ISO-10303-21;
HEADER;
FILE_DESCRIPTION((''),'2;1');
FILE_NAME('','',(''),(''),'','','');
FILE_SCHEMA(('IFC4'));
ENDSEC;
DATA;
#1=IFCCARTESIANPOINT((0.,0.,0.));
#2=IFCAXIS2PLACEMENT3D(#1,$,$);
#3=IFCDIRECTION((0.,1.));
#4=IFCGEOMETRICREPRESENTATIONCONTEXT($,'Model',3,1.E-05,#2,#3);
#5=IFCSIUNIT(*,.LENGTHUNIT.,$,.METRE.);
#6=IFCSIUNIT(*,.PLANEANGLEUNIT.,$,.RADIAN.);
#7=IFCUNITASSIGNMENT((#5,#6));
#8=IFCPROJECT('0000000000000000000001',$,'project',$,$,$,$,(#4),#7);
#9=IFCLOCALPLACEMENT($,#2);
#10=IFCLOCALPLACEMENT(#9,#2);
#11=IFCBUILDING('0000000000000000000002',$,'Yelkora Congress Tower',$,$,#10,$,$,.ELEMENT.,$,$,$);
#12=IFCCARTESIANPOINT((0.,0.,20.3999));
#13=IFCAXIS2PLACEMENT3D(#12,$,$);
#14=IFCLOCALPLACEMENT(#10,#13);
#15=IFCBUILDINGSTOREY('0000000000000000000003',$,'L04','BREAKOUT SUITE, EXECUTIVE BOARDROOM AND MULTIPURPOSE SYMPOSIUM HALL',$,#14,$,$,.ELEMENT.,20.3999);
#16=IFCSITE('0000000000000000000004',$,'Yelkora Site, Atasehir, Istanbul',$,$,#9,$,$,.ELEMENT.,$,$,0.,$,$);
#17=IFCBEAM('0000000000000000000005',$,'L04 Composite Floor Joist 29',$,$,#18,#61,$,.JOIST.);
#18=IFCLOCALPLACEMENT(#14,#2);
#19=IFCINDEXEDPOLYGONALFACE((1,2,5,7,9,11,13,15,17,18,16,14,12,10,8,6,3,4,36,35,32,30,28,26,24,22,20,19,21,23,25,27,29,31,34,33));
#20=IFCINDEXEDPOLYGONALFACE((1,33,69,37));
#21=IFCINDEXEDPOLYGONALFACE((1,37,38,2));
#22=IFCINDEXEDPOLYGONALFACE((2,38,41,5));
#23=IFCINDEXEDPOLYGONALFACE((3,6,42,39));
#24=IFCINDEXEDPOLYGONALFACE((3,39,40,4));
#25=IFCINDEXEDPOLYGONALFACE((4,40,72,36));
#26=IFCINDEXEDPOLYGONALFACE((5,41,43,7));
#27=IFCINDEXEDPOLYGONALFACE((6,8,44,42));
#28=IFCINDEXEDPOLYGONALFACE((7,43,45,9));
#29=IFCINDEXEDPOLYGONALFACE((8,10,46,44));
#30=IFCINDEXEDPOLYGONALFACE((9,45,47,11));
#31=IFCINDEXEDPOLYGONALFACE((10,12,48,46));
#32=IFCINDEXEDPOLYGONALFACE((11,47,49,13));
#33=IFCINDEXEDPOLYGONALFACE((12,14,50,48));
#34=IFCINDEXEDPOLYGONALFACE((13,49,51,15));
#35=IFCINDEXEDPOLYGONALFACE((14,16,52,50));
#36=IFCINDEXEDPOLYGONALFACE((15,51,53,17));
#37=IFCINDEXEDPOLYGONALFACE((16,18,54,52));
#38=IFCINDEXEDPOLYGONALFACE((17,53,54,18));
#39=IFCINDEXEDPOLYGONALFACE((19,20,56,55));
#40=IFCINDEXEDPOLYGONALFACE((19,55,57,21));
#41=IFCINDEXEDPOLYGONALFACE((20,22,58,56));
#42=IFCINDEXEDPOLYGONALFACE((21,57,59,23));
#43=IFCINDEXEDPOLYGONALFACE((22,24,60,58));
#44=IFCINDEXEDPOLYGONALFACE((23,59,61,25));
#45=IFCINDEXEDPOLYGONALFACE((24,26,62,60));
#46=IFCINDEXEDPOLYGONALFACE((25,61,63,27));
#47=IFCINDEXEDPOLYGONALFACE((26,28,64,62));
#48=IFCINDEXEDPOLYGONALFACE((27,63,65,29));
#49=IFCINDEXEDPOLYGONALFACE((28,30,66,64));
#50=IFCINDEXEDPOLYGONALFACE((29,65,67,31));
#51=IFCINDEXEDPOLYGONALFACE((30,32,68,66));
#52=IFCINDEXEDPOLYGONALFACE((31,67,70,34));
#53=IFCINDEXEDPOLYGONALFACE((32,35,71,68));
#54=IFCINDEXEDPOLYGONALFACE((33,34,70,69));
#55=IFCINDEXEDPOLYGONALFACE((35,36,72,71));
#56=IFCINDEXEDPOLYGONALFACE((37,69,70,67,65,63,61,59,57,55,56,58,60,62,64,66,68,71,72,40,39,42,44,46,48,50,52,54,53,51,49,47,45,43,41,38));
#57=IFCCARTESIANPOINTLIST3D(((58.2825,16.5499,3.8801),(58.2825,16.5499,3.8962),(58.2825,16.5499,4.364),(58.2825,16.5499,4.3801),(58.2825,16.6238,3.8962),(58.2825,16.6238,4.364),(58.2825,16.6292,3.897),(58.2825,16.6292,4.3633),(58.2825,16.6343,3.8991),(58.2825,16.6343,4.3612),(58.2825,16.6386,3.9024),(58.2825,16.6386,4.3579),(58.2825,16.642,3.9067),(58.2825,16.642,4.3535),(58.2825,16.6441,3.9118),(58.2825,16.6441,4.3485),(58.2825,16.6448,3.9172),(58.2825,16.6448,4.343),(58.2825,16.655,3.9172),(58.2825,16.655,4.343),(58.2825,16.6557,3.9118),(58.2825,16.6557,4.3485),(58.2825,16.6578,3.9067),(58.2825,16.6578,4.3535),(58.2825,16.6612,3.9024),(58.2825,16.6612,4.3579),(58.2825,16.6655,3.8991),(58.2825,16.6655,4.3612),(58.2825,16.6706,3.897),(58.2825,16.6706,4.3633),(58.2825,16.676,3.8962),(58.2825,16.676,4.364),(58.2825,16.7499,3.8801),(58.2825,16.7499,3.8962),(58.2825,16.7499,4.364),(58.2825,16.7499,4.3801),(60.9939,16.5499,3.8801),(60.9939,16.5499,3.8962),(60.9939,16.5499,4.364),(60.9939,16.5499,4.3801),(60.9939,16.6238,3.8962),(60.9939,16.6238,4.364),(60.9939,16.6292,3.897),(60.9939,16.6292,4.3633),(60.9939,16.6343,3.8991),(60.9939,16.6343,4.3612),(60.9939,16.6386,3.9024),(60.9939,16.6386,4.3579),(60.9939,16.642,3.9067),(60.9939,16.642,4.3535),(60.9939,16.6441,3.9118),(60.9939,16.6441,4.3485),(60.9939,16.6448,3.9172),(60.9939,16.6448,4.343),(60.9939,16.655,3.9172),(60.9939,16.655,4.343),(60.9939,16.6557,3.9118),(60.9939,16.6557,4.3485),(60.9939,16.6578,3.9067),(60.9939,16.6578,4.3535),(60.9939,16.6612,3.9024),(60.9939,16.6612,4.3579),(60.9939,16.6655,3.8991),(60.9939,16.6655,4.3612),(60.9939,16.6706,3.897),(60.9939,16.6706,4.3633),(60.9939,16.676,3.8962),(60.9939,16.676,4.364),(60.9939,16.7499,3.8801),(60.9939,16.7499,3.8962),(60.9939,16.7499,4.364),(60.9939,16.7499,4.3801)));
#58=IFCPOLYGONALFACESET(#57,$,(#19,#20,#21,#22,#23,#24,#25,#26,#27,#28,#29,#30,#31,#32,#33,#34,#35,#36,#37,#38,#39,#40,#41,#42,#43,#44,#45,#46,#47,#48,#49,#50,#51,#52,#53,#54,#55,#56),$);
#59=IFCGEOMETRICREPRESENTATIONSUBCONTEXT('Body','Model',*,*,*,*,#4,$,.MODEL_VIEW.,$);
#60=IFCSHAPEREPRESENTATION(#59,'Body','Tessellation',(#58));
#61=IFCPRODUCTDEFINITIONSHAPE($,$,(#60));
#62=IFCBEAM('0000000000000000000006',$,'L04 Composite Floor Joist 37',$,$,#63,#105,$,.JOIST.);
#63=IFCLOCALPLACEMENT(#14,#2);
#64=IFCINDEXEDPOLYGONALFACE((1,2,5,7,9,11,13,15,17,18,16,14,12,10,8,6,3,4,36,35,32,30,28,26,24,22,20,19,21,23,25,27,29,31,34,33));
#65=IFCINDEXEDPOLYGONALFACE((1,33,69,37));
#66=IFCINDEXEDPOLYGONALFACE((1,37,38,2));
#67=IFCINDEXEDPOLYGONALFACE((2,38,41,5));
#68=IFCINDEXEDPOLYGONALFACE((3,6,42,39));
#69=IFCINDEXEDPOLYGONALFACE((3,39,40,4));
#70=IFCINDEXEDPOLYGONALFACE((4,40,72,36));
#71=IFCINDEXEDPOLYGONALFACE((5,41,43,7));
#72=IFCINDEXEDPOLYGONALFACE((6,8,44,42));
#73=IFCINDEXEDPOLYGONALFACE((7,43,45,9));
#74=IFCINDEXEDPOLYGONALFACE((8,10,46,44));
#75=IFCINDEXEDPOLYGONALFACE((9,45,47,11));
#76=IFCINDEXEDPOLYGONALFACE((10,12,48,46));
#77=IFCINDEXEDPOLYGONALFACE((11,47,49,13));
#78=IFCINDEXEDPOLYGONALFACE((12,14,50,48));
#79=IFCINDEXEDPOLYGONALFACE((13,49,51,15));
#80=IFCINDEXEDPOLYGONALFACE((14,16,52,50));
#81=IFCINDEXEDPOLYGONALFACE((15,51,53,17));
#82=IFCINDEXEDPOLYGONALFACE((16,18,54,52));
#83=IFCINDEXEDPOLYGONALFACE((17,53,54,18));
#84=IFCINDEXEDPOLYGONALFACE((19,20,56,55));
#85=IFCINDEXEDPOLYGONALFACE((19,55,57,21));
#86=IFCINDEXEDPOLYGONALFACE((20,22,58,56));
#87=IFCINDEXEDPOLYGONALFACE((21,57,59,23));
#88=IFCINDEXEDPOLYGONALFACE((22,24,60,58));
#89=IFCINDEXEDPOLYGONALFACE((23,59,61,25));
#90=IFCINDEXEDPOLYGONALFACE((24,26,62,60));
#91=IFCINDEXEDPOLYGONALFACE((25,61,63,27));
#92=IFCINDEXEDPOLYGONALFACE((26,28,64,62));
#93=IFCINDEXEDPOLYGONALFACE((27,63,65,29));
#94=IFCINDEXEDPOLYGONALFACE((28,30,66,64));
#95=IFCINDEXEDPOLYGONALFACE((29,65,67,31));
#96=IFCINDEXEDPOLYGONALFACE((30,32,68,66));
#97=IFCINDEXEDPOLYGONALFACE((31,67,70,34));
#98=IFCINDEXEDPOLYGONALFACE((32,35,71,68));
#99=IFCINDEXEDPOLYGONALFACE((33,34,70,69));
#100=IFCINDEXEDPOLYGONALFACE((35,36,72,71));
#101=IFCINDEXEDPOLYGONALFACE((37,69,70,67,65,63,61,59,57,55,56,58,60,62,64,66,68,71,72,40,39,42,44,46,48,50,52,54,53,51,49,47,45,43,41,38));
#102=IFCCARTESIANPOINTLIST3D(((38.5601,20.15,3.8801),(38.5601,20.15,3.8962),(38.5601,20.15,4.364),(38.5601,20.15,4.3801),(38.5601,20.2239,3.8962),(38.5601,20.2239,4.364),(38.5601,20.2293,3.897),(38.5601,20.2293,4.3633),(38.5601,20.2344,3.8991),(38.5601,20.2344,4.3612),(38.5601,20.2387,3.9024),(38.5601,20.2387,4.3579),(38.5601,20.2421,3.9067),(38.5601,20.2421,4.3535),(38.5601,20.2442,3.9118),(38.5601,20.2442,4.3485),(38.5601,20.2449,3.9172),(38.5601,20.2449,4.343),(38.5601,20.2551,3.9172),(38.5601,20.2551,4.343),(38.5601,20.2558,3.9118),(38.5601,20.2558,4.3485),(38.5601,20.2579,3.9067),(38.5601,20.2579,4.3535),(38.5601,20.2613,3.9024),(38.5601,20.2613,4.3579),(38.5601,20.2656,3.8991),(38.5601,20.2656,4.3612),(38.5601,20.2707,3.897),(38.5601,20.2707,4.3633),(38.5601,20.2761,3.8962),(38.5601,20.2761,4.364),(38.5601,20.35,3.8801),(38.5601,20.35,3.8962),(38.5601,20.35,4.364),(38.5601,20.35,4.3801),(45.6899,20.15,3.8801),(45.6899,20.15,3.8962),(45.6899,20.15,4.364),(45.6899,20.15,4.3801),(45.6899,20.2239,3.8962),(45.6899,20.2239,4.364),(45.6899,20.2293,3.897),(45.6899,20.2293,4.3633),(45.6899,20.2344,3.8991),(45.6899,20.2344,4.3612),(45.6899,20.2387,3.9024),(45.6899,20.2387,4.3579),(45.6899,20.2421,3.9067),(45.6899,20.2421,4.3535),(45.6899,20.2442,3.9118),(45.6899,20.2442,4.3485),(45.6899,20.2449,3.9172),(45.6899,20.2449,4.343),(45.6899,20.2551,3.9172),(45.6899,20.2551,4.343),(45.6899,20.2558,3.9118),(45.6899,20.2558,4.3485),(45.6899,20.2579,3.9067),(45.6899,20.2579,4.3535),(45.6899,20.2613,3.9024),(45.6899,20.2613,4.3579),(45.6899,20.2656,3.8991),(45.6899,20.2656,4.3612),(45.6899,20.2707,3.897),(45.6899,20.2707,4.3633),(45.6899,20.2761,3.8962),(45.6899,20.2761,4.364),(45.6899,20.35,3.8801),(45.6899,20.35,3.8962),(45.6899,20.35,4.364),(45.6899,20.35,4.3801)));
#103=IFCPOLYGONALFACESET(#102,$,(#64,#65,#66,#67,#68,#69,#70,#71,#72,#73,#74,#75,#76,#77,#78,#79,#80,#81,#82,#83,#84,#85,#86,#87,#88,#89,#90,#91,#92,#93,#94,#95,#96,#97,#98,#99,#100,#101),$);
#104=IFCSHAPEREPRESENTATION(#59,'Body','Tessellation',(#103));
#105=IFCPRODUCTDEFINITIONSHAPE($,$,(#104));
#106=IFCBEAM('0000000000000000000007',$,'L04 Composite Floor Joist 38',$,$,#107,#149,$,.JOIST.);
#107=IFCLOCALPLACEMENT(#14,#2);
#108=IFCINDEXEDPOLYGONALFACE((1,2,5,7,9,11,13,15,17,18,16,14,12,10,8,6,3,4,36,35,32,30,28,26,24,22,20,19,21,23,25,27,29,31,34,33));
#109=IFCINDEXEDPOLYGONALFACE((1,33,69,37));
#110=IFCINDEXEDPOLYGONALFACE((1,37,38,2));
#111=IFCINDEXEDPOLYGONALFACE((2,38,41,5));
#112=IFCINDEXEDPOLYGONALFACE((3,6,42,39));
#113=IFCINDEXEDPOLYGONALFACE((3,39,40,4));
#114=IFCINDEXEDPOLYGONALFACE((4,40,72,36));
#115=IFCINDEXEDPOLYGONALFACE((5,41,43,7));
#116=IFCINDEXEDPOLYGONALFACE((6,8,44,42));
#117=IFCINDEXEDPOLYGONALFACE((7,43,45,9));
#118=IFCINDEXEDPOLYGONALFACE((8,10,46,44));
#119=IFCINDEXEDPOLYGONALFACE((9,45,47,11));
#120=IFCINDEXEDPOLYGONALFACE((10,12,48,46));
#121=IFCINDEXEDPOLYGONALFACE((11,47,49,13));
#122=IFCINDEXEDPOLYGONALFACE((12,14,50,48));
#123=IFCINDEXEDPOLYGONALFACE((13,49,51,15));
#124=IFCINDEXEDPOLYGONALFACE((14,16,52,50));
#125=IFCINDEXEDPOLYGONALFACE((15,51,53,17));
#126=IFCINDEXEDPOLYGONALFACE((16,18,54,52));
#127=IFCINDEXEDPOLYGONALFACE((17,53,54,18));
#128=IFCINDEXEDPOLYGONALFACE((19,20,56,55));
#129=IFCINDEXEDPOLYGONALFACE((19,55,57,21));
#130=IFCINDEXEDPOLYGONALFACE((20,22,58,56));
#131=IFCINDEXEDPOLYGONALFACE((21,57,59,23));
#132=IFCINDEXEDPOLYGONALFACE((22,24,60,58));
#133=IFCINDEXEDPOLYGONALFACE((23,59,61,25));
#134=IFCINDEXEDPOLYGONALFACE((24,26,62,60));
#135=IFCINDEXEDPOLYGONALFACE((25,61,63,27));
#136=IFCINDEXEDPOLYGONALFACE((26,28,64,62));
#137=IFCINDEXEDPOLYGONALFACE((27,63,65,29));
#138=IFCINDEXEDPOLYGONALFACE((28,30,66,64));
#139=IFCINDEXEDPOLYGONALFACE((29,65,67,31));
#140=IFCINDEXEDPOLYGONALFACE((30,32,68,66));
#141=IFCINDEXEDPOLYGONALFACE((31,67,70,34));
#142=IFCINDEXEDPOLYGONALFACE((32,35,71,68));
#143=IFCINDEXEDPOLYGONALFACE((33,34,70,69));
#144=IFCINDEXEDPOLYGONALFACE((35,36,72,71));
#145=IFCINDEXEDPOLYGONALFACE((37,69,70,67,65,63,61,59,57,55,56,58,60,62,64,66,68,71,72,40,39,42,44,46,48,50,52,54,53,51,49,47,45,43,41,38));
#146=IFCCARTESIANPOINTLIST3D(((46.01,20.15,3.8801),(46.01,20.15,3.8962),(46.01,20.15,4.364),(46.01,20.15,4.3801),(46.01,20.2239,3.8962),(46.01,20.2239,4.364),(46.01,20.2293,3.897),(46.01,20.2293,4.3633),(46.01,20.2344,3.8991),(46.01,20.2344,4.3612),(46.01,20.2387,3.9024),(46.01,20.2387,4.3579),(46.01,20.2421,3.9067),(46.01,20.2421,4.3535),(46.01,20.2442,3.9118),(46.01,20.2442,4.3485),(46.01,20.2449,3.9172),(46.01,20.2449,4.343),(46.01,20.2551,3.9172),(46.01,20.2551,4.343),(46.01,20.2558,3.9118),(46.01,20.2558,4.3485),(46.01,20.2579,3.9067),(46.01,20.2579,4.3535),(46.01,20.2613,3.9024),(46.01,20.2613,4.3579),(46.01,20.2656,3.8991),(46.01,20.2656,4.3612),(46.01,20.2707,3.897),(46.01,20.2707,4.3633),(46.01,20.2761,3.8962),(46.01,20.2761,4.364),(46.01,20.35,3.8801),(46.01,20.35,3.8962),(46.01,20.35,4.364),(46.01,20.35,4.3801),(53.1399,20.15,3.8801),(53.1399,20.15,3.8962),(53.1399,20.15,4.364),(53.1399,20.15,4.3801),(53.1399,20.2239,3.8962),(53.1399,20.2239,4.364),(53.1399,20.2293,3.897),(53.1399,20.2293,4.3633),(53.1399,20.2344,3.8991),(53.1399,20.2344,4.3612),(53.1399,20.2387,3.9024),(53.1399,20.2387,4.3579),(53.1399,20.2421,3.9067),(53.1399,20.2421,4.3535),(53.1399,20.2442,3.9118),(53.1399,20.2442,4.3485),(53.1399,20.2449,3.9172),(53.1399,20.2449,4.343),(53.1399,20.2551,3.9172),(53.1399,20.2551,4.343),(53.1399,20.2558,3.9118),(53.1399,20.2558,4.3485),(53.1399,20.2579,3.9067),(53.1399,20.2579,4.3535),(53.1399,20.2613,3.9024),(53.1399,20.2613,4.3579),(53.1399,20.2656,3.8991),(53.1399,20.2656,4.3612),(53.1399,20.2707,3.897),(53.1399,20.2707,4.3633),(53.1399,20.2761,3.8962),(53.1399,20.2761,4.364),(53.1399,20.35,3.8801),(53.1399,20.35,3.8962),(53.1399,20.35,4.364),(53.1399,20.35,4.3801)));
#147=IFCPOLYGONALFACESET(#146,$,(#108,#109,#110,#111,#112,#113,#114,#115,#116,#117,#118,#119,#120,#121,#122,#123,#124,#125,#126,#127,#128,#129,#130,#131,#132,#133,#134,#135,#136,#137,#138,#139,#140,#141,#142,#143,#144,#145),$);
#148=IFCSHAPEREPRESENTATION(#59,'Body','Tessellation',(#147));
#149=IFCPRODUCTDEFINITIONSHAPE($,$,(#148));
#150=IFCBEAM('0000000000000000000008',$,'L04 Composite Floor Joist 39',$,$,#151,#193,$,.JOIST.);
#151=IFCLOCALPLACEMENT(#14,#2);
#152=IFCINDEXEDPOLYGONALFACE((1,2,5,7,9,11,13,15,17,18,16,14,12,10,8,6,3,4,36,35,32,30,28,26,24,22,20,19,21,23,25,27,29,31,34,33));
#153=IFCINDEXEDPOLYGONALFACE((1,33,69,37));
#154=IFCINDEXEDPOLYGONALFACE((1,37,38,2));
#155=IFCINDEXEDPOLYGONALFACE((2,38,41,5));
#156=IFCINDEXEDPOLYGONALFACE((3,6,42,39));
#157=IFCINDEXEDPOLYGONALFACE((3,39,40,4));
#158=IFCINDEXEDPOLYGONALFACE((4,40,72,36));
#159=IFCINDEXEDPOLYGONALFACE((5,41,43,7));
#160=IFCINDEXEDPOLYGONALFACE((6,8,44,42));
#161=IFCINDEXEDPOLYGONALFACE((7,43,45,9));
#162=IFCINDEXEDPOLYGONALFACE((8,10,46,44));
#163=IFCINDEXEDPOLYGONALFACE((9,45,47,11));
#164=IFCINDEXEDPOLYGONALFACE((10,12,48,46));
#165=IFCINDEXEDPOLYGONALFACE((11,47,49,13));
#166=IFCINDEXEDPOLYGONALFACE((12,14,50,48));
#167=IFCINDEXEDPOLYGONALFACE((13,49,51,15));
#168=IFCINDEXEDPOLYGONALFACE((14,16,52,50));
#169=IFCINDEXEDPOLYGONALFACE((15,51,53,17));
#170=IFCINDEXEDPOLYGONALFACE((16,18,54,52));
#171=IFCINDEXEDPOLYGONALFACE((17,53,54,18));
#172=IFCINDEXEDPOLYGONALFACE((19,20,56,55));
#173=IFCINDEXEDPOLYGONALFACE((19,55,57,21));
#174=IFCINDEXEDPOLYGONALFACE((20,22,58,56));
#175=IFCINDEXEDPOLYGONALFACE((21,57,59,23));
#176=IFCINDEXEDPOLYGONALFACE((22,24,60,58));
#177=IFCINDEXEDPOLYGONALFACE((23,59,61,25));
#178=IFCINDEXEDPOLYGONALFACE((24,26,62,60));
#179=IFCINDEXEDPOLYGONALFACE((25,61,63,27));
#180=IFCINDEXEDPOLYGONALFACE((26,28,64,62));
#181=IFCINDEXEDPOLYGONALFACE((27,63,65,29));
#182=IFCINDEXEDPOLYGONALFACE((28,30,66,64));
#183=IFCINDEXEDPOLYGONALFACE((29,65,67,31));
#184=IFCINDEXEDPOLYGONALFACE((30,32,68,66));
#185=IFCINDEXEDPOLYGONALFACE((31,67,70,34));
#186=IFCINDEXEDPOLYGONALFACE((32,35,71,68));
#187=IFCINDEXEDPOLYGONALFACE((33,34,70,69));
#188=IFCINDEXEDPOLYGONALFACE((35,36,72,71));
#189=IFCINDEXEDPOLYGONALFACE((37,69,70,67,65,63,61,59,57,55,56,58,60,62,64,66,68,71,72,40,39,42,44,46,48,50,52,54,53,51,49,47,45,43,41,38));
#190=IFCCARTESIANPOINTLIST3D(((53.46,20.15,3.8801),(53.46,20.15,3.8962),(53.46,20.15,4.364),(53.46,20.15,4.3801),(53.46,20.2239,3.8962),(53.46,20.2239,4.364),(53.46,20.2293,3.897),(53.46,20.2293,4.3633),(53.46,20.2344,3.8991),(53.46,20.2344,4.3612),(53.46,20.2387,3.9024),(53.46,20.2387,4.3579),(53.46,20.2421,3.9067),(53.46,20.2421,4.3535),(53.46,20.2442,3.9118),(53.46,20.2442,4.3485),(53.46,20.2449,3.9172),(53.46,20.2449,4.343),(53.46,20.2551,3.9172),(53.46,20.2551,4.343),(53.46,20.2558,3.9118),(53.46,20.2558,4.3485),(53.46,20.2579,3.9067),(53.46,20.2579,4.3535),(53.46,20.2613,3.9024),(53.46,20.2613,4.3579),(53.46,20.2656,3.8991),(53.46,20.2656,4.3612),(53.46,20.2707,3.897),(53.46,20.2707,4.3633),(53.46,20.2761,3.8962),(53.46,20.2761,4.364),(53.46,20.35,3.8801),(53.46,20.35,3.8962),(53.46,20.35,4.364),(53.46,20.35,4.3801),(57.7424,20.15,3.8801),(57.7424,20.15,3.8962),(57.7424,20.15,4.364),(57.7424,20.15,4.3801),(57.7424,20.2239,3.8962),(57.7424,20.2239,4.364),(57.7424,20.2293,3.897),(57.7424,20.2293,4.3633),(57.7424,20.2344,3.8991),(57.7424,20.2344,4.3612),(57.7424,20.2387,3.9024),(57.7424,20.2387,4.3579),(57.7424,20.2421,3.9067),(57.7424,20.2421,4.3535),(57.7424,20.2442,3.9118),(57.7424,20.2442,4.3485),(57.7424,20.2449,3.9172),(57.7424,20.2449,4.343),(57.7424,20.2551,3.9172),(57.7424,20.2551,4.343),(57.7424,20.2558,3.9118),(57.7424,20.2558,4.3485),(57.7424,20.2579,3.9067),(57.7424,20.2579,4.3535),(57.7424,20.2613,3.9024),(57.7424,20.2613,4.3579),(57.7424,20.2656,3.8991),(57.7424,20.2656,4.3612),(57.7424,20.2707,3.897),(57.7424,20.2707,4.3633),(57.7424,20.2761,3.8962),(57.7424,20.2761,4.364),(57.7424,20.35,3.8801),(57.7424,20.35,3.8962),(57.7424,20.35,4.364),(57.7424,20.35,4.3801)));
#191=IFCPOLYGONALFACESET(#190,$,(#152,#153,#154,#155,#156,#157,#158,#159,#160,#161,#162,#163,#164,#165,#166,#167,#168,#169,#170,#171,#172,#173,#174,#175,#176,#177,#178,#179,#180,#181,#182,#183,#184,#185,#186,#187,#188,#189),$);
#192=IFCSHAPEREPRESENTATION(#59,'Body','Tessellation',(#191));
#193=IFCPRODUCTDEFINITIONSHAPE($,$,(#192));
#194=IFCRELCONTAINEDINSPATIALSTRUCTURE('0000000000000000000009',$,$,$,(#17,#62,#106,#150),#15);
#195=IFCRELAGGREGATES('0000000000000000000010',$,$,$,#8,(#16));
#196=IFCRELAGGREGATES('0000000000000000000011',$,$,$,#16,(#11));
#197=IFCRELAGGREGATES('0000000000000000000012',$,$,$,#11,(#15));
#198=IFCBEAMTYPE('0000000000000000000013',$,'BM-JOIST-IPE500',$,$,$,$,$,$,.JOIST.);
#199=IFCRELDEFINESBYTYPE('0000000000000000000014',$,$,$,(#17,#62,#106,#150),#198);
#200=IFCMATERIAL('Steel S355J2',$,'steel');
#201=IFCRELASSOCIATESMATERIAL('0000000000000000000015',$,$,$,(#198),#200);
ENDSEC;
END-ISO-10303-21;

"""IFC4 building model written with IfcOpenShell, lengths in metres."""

from ifc_helpers import new_model, si_unit, direction, frame, origin, origin_2d, place, context, subcontext, project, spatial, i_section, extrude, material, material_profile, profile_set, type_object, element, save


model = new_model("IFC4")

# Units and contexts
model_context = context("Model", 3, precision=1e-05, world=origin(), true_north=direction((0.0, 1.0)))
body_context = subcontext(model_context, "Body", "Model", "MODEL_VIEW")
ifc_project = project(units=[si_unit("LENGTHUNIT", "METRE"), si_unit("PLANEANGLEUNIT", "RADIAN")], contexts=[model_context])

# Site, building, storey
site_placement = place(None, origin())
site = spatial("IfcSite", under=ifc_project, at=site_placement, Name="Yelkora Site, Atasehir, Istanbul", CompositionType="ELEMENT", RefElevation=0.0)
building_placement = place(site_placement, origin())
building = spatial("IfcBuilding", under=site, at=building_placement, Name="Yelkora Congress Tower", CompositionType="ELEMENT")
storey_placement = place(building_placement, frame((0.0, 0.0, 20.3999)))
storey = spatial("IfcBuildingStorey", under=building, at=storey_placement, Name="L04", Description="BREAKOUT SUITE, EXECUTIVE BOARDROOM AND MULTIPURPOSE SYMPOSIUM HALL", CompositionType="ELEMENT", Elevation=20.3999)

# Beams
ifc_material_1 = material(Name="Steel S355J2", Category="steel")
ifc_material_profile_1 = material_profile(ifc_material_1, i_section(OverallWidth=0.2, OverallDepth=0.5, WebThickness=0.0103, FlangeThickness=0.0161, FilletRadius=0.021, at=origin_2d()), Name="IPE 500")
ifc_profile_set_1 = profile_set([ifc_material_profile_1], Name="Steel S355J2")
beam_type_1 = type_object("IfcBeamType", Name="BM-JOIST-IPE500", PredefinedType="JOIST", material=ifc_profile_set_1)
beam_1_placement = place(storey_placement, frame((58.2825, 16.6499, 4.1301), z_axis=(1.0, 0.0, 0.0), x_axis=(0.0, 1.0, 0.0)))
element("IfcBeam", 1, at=beam_1_placement, inside=storey, type_object=beam_type_1, Name="L04 Composite Floor Joist 29", PredefinedType="JOIST", context=body_context, shape_type="SweptSolid", body=[
    extrude(i_section(OverallWidth=0.2, OverallDepth=0.5, WebThickness=0.0103, FlangeThickness=0.0161, FilletRadius=0.021, at=origin_2d()), origin(), (0.0, 0.0, 1.0), 2.7114),
])
for number, where, z_axis, x_axis, name in (
    (2, (38.5601, 20.25, 4.1301), (1.0, 0.0, 0.0), (0.0, 1.0, 0.0), "L04 Composite Floor Joist 37"),
    (3, (46.01, 20.25, 4.1301), (1.0, 0.0, 0.0), (0.0, 1.0, 0.0), "L04 Composite Floor Joist 38"),
):
    element("IfcBeam", number, at=place(storey_placement, frame(where, z_axis=z_axis, x_axis=x_axis)), inside=storey, type_object=beam_type_1, Name=name, PredefinedType="JOIST", context=body_context, shape_type="SweptSolid", body=[
        extrude(i_section(OverallWidth=0.2, OverallDepth=0.5, WebThickness=0.0103, FlangeThickness=0.0161, FilletRadius=0.021, at=origin_2d()), origin(), (0.0, 0.0, 1.0), 7.1299),
    ])
beam_2_placement = place(storey_placement, frame((53.46, 20.25, 4.1301), z_axis=(1.0, 0.0, 0.0), x_axis=(0.0, 1.0, 0.0)))
element("IfcBeam", 4, at=beam_2_placement, inside=storey, type_object=beam_type_1, Name="L04 Composite Floor Joist 39", PredefinedType="JOIST", context=body_context, shape_type="SweptSolid", body=[
    extrude(i_section(OverallWidth=0.2, OverallDepth=0.5, WebThickness=0.0103, FlangeThickness=0.0161, FilletRadius=0.021, at=origin_2d()), origin(), (0.0, 0.0, 1.0), 4.2825),
])

save(model, "model.ifc")
